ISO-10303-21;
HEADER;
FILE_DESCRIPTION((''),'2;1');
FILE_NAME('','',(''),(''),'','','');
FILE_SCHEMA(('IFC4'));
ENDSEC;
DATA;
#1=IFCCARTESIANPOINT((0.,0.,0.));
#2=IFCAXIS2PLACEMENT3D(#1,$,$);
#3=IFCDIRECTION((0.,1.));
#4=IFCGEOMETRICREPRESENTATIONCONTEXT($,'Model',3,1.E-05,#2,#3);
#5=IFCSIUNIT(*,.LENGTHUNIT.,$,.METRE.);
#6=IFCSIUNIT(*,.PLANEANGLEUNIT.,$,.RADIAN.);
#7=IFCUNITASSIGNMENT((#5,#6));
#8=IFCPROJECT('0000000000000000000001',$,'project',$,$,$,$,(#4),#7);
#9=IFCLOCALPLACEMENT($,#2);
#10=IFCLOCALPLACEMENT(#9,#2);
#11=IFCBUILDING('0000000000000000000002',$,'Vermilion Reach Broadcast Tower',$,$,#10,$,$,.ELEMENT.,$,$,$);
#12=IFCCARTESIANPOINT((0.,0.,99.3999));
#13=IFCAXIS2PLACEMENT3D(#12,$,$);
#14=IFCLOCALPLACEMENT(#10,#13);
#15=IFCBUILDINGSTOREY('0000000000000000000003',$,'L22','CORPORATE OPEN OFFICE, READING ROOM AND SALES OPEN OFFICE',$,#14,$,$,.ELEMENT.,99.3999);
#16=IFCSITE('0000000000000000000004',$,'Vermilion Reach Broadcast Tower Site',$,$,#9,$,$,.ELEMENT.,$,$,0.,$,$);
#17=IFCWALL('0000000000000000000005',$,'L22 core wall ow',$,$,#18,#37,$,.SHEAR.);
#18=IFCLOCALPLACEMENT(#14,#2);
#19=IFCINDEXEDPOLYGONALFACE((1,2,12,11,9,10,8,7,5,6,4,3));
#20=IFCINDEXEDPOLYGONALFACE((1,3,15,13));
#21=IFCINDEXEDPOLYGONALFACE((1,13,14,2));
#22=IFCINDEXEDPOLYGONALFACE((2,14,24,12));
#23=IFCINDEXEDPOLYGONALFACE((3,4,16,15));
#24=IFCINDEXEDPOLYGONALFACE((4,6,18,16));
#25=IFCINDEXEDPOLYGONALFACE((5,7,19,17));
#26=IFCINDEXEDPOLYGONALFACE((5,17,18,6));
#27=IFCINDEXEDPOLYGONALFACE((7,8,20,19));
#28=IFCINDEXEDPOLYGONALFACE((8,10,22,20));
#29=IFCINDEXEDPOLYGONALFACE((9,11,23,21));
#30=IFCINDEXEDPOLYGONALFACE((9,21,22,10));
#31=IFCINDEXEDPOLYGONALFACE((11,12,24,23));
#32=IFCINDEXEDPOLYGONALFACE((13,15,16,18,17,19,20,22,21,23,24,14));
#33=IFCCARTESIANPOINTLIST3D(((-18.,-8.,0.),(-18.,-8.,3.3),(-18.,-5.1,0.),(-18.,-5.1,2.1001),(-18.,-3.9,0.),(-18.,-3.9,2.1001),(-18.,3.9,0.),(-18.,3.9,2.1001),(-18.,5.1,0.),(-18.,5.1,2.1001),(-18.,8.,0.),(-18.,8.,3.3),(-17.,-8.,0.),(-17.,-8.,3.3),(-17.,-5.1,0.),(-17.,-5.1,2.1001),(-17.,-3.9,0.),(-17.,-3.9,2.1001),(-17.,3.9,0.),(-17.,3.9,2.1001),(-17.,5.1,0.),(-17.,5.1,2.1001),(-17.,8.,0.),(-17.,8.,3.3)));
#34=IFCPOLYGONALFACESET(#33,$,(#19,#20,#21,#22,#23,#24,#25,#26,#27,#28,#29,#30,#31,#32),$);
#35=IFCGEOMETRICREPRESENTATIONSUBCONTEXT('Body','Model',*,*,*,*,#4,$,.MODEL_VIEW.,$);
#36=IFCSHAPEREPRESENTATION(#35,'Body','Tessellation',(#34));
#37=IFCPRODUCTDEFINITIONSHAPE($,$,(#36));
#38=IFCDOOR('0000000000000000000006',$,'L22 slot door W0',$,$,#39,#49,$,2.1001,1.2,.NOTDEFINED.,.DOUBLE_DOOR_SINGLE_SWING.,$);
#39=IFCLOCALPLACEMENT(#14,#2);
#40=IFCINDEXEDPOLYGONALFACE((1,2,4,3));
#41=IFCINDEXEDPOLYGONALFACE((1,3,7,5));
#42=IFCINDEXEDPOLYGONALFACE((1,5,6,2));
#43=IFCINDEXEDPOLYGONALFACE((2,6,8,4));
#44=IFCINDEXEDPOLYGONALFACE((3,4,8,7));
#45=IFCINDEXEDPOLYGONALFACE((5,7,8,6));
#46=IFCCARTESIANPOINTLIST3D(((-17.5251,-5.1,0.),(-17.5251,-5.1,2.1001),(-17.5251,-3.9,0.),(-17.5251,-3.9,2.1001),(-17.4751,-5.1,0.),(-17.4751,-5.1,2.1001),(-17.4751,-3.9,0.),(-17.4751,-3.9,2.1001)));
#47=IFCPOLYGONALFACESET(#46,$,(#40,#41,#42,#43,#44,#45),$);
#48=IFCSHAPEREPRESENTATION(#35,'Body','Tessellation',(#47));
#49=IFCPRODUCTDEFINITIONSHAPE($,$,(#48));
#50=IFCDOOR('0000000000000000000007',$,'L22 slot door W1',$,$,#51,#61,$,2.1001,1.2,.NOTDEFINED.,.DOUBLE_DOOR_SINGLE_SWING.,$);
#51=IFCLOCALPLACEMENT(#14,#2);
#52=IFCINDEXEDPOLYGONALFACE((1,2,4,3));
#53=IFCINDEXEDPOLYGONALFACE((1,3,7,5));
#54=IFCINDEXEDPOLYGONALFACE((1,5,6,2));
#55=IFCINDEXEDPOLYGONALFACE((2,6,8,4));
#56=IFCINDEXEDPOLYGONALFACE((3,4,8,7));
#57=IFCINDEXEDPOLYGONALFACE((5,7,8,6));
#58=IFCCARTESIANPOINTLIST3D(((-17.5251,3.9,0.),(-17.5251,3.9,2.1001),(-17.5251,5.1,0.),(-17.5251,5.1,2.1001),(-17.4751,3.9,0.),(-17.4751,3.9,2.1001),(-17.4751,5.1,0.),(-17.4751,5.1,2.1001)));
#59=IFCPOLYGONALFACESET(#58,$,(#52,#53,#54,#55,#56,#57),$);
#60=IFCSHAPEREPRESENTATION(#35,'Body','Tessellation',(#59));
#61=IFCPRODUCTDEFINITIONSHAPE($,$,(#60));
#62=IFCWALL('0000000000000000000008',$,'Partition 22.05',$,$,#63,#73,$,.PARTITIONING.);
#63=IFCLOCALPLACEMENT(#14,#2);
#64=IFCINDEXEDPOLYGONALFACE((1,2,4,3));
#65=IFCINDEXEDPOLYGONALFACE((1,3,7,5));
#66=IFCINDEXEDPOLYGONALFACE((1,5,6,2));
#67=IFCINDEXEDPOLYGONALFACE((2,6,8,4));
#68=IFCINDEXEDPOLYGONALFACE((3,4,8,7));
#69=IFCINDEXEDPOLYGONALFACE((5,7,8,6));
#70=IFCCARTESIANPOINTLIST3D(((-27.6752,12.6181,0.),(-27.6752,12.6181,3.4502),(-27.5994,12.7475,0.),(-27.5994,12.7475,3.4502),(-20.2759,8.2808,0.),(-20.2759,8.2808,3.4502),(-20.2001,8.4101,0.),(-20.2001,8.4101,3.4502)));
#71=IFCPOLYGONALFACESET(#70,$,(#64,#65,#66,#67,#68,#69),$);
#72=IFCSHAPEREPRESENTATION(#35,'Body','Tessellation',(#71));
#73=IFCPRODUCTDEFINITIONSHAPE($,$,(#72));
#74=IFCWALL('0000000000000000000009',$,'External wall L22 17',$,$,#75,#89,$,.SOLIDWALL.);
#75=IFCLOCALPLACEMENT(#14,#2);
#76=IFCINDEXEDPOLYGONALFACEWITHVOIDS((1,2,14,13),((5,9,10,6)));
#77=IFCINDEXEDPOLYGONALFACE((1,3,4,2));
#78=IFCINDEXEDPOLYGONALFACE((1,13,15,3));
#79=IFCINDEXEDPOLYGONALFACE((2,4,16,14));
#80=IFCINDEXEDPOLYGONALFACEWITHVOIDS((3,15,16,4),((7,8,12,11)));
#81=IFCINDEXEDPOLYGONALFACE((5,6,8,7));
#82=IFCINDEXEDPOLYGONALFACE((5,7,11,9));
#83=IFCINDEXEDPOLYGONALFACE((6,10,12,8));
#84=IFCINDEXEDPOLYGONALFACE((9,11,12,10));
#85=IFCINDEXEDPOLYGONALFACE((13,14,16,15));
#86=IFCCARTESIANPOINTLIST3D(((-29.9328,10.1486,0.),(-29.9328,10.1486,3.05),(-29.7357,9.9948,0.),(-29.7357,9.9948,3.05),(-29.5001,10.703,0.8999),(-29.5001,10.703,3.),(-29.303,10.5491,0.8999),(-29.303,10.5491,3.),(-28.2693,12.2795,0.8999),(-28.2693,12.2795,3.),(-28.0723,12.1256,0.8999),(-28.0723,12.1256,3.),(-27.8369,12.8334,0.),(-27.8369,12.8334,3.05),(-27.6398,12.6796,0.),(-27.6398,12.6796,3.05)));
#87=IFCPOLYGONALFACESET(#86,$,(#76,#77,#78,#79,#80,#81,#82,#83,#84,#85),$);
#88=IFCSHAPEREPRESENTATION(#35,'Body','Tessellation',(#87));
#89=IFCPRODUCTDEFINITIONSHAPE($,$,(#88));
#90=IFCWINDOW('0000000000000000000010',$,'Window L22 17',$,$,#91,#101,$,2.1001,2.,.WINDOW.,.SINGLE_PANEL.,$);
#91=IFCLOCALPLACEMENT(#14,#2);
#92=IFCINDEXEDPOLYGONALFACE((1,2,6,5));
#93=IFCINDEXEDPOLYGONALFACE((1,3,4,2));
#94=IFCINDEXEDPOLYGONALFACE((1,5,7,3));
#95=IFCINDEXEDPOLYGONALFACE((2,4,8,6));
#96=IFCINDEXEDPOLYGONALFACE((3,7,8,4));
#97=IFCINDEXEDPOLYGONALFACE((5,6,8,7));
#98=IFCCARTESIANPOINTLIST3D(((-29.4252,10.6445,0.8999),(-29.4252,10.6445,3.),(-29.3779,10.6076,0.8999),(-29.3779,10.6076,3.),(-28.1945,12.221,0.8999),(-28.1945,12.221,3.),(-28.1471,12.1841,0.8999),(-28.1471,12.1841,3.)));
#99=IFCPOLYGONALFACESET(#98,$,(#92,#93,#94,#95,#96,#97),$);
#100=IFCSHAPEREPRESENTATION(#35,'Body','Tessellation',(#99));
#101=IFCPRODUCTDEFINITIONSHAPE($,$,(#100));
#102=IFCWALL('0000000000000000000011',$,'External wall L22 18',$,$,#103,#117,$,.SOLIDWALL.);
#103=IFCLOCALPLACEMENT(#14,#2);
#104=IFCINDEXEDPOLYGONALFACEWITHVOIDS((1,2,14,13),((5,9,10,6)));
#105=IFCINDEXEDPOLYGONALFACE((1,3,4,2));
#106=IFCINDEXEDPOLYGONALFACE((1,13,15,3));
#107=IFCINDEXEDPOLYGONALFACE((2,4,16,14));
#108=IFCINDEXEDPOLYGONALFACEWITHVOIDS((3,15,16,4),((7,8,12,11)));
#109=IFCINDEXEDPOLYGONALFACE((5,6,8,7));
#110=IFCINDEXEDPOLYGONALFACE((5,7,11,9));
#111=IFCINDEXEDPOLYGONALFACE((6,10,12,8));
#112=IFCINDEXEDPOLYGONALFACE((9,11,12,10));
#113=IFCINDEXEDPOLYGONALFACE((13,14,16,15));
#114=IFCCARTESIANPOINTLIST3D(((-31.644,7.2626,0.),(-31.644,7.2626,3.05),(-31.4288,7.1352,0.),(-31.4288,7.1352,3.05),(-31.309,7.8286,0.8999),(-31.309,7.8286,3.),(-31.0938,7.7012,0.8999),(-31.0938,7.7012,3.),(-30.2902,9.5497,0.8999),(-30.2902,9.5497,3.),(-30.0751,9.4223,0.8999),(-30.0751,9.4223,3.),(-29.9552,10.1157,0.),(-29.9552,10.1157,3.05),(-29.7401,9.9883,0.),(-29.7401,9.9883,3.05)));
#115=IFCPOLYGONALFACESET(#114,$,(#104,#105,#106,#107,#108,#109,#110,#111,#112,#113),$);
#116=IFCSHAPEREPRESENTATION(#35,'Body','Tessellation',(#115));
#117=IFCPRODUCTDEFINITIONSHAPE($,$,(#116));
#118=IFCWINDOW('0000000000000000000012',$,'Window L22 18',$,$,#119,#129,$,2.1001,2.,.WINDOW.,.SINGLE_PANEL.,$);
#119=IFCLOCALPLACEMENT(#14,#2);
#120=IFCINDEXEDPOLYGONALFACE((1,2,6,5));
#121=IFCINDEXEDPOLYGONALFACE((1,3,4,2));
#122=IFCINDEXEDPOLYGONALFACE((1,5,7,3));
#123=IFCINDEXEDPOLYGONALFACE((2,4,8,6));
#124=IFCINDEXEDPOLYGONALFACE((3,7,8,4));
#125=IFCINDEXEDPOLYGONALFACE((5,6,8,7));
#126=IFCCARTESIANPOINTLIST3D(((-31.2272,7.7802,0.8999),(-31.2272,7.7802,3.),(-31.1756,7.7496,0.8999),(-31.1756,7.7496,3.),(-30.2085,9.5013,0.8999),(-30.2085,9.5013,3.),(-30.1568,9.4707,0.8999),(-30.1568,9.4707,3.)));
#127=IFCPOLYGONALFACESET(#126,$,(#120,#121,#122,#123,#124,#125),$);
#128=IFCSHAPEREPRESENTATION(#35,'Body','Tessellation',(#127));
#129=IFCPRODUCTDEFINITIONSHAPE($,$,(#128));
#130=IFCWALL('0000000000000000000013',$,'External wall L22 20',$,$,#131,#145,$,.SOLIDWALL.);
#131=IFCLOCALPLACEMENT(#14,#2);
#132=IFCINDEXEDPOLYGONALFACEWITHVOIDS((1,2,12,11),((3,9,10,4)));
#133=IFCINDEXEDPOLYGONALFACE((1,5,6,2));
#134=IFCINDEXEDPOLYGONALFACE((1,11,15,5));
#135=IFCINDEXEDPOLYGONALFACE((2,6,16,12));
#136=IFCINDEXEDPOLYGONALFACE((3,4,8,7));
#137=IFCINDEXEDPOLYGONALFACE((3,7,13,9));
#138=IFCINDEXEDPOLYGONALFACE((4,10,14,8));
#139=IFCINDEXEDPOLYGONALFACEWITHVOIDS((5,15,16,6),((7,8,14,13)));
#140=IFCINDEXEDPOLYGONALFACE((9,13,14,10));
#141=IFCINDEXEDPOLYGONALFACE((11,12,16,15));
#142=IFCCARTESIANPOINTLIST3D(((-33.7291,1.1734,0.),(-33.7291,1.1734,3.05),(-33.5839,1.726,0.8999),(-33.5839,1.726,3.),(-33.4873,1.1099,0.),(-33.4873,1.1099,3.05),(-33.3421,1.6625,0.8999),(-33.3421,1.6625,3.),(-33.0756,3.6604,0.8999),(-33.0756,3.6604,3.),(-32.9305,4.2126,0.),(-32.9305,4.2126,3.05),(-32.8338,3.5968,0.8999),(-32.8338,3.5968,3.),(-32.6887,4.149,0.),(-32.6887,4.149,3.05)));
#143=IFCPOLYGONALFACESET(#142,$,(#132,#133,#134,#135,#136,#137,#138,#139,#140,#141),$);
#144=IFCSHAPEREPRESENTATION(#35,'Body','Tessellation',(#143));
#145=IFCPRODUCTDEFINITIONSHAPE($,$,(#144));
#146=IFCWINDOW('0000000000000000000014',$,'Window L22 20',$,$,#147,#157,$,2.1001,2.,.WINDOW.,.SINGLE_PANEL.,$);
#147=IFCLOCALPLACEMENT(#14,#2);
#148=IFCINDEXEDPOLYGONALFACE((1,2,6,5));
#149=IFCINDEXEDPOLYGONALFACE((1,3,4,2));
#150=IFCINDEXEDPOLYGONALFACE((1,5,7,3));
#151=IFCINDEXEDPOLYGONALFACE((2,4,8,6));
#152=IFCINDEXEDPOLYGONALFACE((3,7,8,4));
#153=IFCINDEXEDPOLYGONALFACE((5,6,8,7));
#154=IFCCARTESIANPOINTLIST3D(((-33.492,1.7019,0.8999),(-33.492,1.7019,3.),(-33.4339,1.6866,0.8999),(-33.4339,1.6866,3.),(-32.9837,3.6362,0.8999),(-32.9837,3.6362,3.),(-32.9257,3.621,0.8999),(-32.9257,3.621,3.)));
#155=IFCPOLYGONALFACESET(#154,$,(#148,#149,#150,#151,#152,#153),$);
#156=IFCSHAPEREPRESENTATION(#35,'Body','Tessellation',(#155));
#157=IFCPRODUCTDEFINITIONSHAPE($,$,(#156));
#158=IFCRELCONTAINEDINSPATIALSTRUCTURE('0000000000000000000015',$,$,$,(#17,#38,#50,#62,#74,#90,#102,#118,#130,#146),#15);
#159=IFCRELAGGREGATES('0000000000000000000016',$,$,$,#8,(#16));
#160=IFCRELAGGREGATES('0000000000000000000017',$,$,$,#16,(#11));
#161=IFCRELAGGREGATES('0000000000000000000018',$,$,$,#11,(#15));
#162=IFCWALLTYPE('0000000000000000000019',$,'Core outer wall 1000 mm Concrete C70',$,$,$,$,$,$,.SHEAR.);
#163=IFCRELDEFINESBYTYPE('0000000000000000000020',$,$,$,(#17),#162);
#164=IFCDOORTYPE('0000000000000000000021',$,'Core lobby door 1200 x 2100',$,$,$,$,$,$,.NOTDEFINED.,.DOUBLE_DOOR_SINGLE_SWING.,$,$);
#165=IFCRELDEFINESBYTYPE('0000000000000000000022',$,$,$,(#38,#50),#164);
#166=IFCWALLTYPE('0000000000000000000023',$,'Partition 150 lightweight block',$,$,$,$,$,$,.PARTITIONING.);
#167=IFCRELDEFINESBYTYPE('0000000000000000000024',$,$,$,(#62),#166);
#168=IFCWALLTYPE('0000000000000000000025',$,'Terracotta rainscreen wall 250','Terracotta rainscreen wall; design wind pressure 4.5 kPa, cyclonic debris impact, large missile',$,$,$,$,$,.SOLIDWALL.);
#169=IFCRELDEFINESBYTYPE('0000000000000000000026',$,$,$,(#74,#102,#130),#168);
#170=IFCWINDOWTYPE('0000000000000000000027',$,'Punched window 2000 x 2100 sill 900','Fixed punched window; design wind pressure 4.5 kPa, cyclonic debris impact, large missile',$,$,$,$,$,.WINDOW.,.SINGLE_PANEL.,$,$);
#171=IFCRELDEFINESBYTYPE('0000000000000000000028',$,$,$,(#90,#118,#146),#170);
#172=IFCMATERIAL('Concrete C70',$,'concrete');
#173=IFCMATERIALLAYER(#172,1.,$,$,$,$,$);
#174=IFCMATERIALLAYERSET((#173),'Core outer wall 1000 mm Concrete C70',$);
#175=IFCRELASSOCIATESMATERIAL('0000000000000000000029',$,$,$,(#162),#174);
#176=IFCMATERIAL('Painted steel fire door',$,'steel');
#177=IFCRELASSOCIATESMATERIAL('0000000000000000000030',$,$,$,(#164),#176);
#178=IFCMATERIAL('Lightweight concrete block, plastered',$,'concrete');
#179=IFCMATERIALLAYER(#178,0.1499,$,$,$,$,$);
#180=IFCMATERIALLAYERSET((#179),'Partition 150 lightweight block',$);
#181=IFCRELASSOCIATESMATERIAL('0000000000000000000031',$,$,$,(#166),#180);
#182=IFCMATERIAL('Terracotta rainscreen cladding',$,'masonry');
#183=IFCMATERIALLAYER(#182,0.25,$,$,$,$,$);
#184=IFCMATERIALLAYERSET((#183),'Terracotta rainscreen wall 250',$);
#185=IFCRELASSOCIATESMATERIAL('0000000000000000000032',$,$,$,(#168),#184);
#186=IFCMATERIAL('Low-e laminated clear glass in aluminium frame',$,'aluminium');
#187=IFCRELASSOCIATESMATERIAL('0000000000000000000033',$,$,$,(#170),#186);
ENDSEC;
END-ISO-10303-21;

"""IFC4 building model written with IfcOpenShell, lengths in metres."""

from ifc_helpers import new_model, si_unit, direction, frame, frame_2d, origin, place, context, subcontext, project, spatial, rectangle, extrude, material, layer, layer_set, type_object, element, fill, save


model = new_model("IFC4")

# Units and contexts
model_context = context("Model", 3, precision=1e-05, world=origin(), true_north=direction((0.0, 1.0)))
body_context = subcontext(model_context, "Body", "Model", "MODEL_VIEW")
ifc_project = project(units=[si_unit("LENGTHUNIT", "METRE"), si_unit("PLANEANGLEUNIT", "RADIAN")], contexts=[model_context])

# Site, building, storey
site_placement = place(None, origin())
site = spatial("IfcSite", under=ifc_project, at=site_placement, Name="Vermilion Reach Broadcast Tower Site", CompositionType="ELEMENT", RefElevation=0.0)
building_placement = place(site_placement, origin())
building = spatial("IfcBuilding", under=site, at=building_placement, Name="Vermilion Reach Broadcast Tower", CompositionType="ELEMENT")
storey_placement = place(building_placement, frame((0.0, 0.0, 99.3999)))
storey = spatial("IfcBuildingStorey", under=building, at=storey_placement, Name="L22", Description="CORPORATE OPEN OFFICE, READING ROOM AND SALES OPEN OFFICE", CompositionType="ELEMENT", Elevation=99.3999)

# Wall, openings, doors
ifc_material_1 = material(Name="Concrete C70", Category="concrete")
ifc_layer_1 = layer(ifc_material_1, 1.0)
ifc_layer_set_1 = layer_set([ifc_layer_1], Name="Core outer wall 1000 mm Concrete C70")
wall_type_1 = type_object("IfcWallType", Name="Core outer wall 1000 mm Concrete C70", PredefinedType="SHEAR", material=ifc_layer_set_1)
wall_1_placement = place(storey_placement, frame((-17.5, 8.0, 0.0), z_axis=(0.0, 0.0, 1.0), x_axis=(0.0, -1.0, 0.0)))
wall_1 = element("IfcWall", 1, at=wall_1_placement, inside=storey, type_object=wall_type_1, Name="L22 core wall ow", PredefinedType="SHEAR", context=body_context, shape_type="SweptSolid", body=[
    extrude(rectangle(XDim=16.0, YDim=1.0, at=frame_2d((8.0, 0.0))), origin(), (0.0, 0.0, 1.0), 3.3),
])
opening_1_placement = place(wall_1_placement, frame((11.8999, 0.0, 0.0)))
opening_1 = element("IfcOpeningElement", 2, at=opening_1_placement, cuts=wall_1, PredefinedType="OPENING", context=body_context, shape_type="SweptSolid", body=[
    extrude(rectangle(XDim=1.2, YDim=2.1001, at=frame_2d((0.6001, 1.05))), frame((0.0, 0.51, 0.0), z_axis=(0.0, -1.0, 0.0), x_axis=(1.0, 0.0, 0.0)), (0.0, 0.0, 1.0), 1.02),
])
opening_2_placement = place(wall_1_placement, frame((2.8999, 0.0, 0.0)))
opening_2 = element("IfcOpeningElement", 3, at=opening_2_placement, cuts=wall_1, PredefinedType="OPENING", context=body_context, shape_type="SweptSolid", body=[
    extrude(rectangle(XDim=1.2, YDim=2.1001, at=frame_2d((0.6001, 1.05))), frame((0.0, 0.51, 0.0), z_axis=(0.0, -1.0, 0.0), x_axis=(1.0, 0.0, 0.0)), (0.0, 0.0, 1.0), 1.02),
])
ifc_material_2 = material(Name="Painted steel fire door", Category="steel")
door_type_1 = type_object("IfcDoorType", Name="Core lobby door 1200 x 2100", OperationType="DOUBLE_DOOR_SINGLE_SWING", PredefinedType="NOTDEFINED", material=ifc_material_2)
door_1_placement = place(opening_1_placement, origin())
door_1 = element("IfcDoor", 4, at=door_1_placement, inside=storey, type_object=door_type_1, Name="L22 slot door W0", OperationType="DOUBLE_DOOR_SINGLE_SWING", OverallHeight=2.1001, OverallWidth=1.2, PredefinedType="NOTDEFINED", context=body_context, shape_type="SweptSolid", body=[
    extrude(rectangle(XDim=1.2, YDim=2.1001, at=frame_2d((0.6001, 1.05))), frame((0.0, 0.0249, 0.0), z_axis=(0.0, -1.0, 0.0), x_axis=(1.0, 0.0, 0.0)), (0.0, 0.0, 1.0), 0.05),
])
fill(opening_1, door_1)
door_2_placement = place(opening_2_placement, origin())
door_2 = element("IfcDoor", 5, at=door_2_placement, inside=storey, type_object=door_type_1, Name="L22 slot door W1", OperationType="DOUBLE_DOOR_SINGLE_SWING", OverallHeight=2.1001, OverallWidth=1.2, PredefinedType="NOTDEFINED", context=body_context, shape_type="SweptSolid", body=[
    extrude(rectangle(XDim=1.2, YDim=2.1001, at=frame_2d((0.6001, 1.05))), frame((0.0, 0.0249, 0.0), z_axis=(0.0, -1.0, 0.0), x_axis=(1.0, 0.0, 0.0)), (0.0, 0.0, 1.0), 0.05),
])
fill(opening_2, door_2)

# Wall
ifc_material_3 = material(Name="Lightweight concrete block, plastered", Category="concrete")
ifc_layer_2 = layer(ifc_material_3, 0.1499)
ifc_layer_set_2 = layer_set([ifc_layer_2], Name="Partition 150 lightweight block")
wall_type_2 = type_object("IfcWallType", Name="Partition 150 lightweight block", PredefinedType="PARTITIONING", material=ifc_layer_set_2)
wall_2_placement = place(storey_placement, frame((-27.6375, 12.6829, 0.0), z_axis=(0.0, 0.0, 1.0), x_axis=(0.862707, -0.505703, 0.0)))
element("IfcWall", 6, at=wall_2_placement, inside=storey, type_object=wall_type_2, Name="Partition 22.05", PredefinedType="PARTITIONING", context=body_context, shape_type="SweptSolid", body=[
    extrude(rectangle(XDim=8.5769, YDim=0.1499, at=frame_2d((4.2886, 0.0))), origin(), (0.0, 0.0, 1.0), 3.4502),
])

# Walls, openings, windows
ifc_material_4 = material(Name="Terracotta rainscreen cladding", Category="masonry")
ifc_layer_3 = layer(ifc_material_4, 0.25)
ifc_layer_set_3 = layer_set([ifc_layer_3], Name="Terracotta rainscreen wall 250")
wall_type_3 = type_object("IfcWallType", Name="Terracotta rainscreen wall 250", Description="Terracotta rainscreen wall; design wind pressure 4.5 kPa, cyclonic debris impact, large missile", PredefinedType="SOLIDWALL", material=ifc_layer_set_3)
wall_3_placement = place(storey_placement, frame((-27.7383, 12.7566, 0.0), z_axis=(0.0, 0.0, 1.0), x_axis=(-0.615359, -0.788247, 0.0)))
wall_3 = element("IfcWall", 7, at=wall_3_placement, inside=storey, type_object=wall_type_3, Name="External wall L22 17", PredefinedType="SOLIDWALL", context=body_context, shape_type="SweptSolid", body=[
    extrude(rectangle(XDim=3.406, YDim=0.25, at=frame_2d((1.7031, 0.0))), origin(), (0.0, 0.0, 1.0), 3.05),
])
opening_3_placement = place(wall_3_placement, frame((0.7029, 0.0, 0.8999)))
opening_3 = element("IfcOpeningElement", 8, at=opening_3_placement, cuts=wall_3, PredefinedType="OPENING", context=body_context, shape_type="SweptSolid", body=[
    extrude(rectangle(XDim=2.0, YDim=2.1001, at=frame_2d((1.0, 1.05))), frame((0.0, 0.135, 0.0), z_axis=(0.0, -1.0, 0.0), x_axis=(1.0, 0.0, 0.0)), (0.0, 0.0, 1.0), 0.27),
])
ifc_material_5 = material(Name="Low-e laminated clear glass in aluminium frame", Category="aluminium")
window_type = type_object("IfcWindowType", Name="Punched window 2000 x 2100 sill 900", Description="Fixed punched window; design wind pressure 4.5 kPa, cyclonic debris impact, large missile", PartitioningType="SINGLE_PANEL", PredefinedType="WINDOW", material=ifc_material_5)
window_1_placement = place(opening_3_placement, origin())
window_1 = element("IfcWindow", 9, at=window_1_placement, inside=storey, type_object=window_type, Name="Window L22 17", OverallHeight=2.1001, OverallWidth=2.0, PartitioningType="SINGLE_PANEL", PredefinedType="WINDOW", context=body_context, shape_type="SweptSolid", body=[
    extrude(rectangle(XDim=2.0, YDim=2.1001, at=frame_2d((1.0, 1.05))), frame((0.0, 0.03, 0.0), z_axis=(0.0, -1.0, 0.0), x_axis=(1.0, 0.0, 0.0)), (0.0, 0.0, 1.0), 0.0601),
])
fill(opening_3, window_1)
wall_4_placement = place(storey_placement, frame((-29.8477, 10.052, 0.0), z_axis=(0.0, 0.0, 1.0), x_axis=(-0.509364, -0.860551, 0.0)))
wall_4 = element("IfcWall", 10, at=wall_4_placement, inside=storey, type_object=wall_type_3, Name="External wall L22 18", PredefinedType="SOLIDWALL", context=body_context, shape_type="SweptSolid", body=[
    extrude(rectangle(XDim=3.3154, YDim=0.25, at=frame_2d((1.6577, 0.0))), origin(), (0.0, 0.0, 1.0), 3.05),
])
opening_4_placement = place(wall_4_placement, frame((0.6577, 0.0, 0.8999)))
opening_4 = element("IfcOpeningElement", 11, at=opening_4_placement, cuts=wall_4, PredefinedType="OPENING", context=body_context, shape_type="SweptSolid", body=[
    extrude(rectangle(XDim=2.0, YDim=2.1001, at=frame_2d((1.0, 1.05))), frame((0.0, 0.135, 0.0), z_axis=(0.0, -1.0, 0.0), x_axis=(1.0, 0.0, 0.0)), (0.0, 0.0, 1.0), 0.27),
])
window_2_placement = place(opening_4_placement, origin())
window_2 = element("IfcWindow", 12, at=window_2_placement, inside=storey, type_object=window_type, Name="Window L22 18", OverallHeight=2.1001, OverallWidth=2.0, PartitioningType="SINGLE_PANEL", PredefinedType="WINDOW", context=body_context, shape_type="SweptSolid", body=[
    extrude(rectangle(XDim=2.0, YDim=2.1001, at=frame_2d((1.0, 1.05))), frame((0.0, 0.03, 0.0), z_axis=(0.0, -1.0, 0.0), x_axis=(1.0, 0.0, 0.0)), (0.0, 0.0, 1.0), 0.0601),
])
fill(opening_4, window_2)

# Wall, opening, window
wall_5_placement = place(storey_placement, frame((-32.8096, 4.1809, 0.0), z_axis=(0.0, 0.0, 1.0), x_axis=(-0.254145, -0.967166, 0.0)))
wall_5 = element("IfcWall", 13, at=wall_5_placement, inside=storey, type_object=wall_type_3, Name="External wall L22 20", PredefinedType="SOLIDWALL", context=body_context, shape_type="SweptSolid", body=[
    extrude(rectangle(XDim=3.1423, YDim=0.25, at=frame_2d((1.5713, 0.0))), origin(), (0.0, 0.0, 1.0), 3.05),
])
opening_5_placement = place(wall_5_placement, frame((0.571, 0.0, 0.8999)))
opening_5 = element("IfcOpeningElement", 14, at=opening_5_placement, cuts=wall_5, PredefinedType="OPENING", context=body_context, shape_type="SweptSolid", body=[
    extrude(rectangle(XDim=2.0, YDim=2.1001, at=frame_2d((1.0, 1.05))), frame((0.0, 0.135, 0.0), z_axis=(0.0, -1.0, 0.0), x_axis=(1.0, 0.0, 0.0)), (0.0, 0.0, 1.0), 0.27),
])
window_3_placement = place(opening_5_placement, origin())
window_3 = element("IfcWindow", 15, at=window_3_placement, inside=storey, type_object=window_type, Name="Window L22 20", OverallHeight=2.1001, OverallWidth=2.0, PartitioningType="SINGLE_PANEL", PredefinedType="WINDOW", context=body_context, shape_type="SweptSolid", body=[
    extrude(rectangle(XDim=2.0, YDim=2.1001, at=frame_2d((1.0, 1.05))), frame((0.0, 0.03, 0.0), z_axis=(0.0, -1.0, 0.0), x_axis=(1.0, 0.0, 0.0)), (0.0, 0.0, 1.0), 0.0601),
])
fill(opening_5, window_3)

save(model, "model.ifc")
